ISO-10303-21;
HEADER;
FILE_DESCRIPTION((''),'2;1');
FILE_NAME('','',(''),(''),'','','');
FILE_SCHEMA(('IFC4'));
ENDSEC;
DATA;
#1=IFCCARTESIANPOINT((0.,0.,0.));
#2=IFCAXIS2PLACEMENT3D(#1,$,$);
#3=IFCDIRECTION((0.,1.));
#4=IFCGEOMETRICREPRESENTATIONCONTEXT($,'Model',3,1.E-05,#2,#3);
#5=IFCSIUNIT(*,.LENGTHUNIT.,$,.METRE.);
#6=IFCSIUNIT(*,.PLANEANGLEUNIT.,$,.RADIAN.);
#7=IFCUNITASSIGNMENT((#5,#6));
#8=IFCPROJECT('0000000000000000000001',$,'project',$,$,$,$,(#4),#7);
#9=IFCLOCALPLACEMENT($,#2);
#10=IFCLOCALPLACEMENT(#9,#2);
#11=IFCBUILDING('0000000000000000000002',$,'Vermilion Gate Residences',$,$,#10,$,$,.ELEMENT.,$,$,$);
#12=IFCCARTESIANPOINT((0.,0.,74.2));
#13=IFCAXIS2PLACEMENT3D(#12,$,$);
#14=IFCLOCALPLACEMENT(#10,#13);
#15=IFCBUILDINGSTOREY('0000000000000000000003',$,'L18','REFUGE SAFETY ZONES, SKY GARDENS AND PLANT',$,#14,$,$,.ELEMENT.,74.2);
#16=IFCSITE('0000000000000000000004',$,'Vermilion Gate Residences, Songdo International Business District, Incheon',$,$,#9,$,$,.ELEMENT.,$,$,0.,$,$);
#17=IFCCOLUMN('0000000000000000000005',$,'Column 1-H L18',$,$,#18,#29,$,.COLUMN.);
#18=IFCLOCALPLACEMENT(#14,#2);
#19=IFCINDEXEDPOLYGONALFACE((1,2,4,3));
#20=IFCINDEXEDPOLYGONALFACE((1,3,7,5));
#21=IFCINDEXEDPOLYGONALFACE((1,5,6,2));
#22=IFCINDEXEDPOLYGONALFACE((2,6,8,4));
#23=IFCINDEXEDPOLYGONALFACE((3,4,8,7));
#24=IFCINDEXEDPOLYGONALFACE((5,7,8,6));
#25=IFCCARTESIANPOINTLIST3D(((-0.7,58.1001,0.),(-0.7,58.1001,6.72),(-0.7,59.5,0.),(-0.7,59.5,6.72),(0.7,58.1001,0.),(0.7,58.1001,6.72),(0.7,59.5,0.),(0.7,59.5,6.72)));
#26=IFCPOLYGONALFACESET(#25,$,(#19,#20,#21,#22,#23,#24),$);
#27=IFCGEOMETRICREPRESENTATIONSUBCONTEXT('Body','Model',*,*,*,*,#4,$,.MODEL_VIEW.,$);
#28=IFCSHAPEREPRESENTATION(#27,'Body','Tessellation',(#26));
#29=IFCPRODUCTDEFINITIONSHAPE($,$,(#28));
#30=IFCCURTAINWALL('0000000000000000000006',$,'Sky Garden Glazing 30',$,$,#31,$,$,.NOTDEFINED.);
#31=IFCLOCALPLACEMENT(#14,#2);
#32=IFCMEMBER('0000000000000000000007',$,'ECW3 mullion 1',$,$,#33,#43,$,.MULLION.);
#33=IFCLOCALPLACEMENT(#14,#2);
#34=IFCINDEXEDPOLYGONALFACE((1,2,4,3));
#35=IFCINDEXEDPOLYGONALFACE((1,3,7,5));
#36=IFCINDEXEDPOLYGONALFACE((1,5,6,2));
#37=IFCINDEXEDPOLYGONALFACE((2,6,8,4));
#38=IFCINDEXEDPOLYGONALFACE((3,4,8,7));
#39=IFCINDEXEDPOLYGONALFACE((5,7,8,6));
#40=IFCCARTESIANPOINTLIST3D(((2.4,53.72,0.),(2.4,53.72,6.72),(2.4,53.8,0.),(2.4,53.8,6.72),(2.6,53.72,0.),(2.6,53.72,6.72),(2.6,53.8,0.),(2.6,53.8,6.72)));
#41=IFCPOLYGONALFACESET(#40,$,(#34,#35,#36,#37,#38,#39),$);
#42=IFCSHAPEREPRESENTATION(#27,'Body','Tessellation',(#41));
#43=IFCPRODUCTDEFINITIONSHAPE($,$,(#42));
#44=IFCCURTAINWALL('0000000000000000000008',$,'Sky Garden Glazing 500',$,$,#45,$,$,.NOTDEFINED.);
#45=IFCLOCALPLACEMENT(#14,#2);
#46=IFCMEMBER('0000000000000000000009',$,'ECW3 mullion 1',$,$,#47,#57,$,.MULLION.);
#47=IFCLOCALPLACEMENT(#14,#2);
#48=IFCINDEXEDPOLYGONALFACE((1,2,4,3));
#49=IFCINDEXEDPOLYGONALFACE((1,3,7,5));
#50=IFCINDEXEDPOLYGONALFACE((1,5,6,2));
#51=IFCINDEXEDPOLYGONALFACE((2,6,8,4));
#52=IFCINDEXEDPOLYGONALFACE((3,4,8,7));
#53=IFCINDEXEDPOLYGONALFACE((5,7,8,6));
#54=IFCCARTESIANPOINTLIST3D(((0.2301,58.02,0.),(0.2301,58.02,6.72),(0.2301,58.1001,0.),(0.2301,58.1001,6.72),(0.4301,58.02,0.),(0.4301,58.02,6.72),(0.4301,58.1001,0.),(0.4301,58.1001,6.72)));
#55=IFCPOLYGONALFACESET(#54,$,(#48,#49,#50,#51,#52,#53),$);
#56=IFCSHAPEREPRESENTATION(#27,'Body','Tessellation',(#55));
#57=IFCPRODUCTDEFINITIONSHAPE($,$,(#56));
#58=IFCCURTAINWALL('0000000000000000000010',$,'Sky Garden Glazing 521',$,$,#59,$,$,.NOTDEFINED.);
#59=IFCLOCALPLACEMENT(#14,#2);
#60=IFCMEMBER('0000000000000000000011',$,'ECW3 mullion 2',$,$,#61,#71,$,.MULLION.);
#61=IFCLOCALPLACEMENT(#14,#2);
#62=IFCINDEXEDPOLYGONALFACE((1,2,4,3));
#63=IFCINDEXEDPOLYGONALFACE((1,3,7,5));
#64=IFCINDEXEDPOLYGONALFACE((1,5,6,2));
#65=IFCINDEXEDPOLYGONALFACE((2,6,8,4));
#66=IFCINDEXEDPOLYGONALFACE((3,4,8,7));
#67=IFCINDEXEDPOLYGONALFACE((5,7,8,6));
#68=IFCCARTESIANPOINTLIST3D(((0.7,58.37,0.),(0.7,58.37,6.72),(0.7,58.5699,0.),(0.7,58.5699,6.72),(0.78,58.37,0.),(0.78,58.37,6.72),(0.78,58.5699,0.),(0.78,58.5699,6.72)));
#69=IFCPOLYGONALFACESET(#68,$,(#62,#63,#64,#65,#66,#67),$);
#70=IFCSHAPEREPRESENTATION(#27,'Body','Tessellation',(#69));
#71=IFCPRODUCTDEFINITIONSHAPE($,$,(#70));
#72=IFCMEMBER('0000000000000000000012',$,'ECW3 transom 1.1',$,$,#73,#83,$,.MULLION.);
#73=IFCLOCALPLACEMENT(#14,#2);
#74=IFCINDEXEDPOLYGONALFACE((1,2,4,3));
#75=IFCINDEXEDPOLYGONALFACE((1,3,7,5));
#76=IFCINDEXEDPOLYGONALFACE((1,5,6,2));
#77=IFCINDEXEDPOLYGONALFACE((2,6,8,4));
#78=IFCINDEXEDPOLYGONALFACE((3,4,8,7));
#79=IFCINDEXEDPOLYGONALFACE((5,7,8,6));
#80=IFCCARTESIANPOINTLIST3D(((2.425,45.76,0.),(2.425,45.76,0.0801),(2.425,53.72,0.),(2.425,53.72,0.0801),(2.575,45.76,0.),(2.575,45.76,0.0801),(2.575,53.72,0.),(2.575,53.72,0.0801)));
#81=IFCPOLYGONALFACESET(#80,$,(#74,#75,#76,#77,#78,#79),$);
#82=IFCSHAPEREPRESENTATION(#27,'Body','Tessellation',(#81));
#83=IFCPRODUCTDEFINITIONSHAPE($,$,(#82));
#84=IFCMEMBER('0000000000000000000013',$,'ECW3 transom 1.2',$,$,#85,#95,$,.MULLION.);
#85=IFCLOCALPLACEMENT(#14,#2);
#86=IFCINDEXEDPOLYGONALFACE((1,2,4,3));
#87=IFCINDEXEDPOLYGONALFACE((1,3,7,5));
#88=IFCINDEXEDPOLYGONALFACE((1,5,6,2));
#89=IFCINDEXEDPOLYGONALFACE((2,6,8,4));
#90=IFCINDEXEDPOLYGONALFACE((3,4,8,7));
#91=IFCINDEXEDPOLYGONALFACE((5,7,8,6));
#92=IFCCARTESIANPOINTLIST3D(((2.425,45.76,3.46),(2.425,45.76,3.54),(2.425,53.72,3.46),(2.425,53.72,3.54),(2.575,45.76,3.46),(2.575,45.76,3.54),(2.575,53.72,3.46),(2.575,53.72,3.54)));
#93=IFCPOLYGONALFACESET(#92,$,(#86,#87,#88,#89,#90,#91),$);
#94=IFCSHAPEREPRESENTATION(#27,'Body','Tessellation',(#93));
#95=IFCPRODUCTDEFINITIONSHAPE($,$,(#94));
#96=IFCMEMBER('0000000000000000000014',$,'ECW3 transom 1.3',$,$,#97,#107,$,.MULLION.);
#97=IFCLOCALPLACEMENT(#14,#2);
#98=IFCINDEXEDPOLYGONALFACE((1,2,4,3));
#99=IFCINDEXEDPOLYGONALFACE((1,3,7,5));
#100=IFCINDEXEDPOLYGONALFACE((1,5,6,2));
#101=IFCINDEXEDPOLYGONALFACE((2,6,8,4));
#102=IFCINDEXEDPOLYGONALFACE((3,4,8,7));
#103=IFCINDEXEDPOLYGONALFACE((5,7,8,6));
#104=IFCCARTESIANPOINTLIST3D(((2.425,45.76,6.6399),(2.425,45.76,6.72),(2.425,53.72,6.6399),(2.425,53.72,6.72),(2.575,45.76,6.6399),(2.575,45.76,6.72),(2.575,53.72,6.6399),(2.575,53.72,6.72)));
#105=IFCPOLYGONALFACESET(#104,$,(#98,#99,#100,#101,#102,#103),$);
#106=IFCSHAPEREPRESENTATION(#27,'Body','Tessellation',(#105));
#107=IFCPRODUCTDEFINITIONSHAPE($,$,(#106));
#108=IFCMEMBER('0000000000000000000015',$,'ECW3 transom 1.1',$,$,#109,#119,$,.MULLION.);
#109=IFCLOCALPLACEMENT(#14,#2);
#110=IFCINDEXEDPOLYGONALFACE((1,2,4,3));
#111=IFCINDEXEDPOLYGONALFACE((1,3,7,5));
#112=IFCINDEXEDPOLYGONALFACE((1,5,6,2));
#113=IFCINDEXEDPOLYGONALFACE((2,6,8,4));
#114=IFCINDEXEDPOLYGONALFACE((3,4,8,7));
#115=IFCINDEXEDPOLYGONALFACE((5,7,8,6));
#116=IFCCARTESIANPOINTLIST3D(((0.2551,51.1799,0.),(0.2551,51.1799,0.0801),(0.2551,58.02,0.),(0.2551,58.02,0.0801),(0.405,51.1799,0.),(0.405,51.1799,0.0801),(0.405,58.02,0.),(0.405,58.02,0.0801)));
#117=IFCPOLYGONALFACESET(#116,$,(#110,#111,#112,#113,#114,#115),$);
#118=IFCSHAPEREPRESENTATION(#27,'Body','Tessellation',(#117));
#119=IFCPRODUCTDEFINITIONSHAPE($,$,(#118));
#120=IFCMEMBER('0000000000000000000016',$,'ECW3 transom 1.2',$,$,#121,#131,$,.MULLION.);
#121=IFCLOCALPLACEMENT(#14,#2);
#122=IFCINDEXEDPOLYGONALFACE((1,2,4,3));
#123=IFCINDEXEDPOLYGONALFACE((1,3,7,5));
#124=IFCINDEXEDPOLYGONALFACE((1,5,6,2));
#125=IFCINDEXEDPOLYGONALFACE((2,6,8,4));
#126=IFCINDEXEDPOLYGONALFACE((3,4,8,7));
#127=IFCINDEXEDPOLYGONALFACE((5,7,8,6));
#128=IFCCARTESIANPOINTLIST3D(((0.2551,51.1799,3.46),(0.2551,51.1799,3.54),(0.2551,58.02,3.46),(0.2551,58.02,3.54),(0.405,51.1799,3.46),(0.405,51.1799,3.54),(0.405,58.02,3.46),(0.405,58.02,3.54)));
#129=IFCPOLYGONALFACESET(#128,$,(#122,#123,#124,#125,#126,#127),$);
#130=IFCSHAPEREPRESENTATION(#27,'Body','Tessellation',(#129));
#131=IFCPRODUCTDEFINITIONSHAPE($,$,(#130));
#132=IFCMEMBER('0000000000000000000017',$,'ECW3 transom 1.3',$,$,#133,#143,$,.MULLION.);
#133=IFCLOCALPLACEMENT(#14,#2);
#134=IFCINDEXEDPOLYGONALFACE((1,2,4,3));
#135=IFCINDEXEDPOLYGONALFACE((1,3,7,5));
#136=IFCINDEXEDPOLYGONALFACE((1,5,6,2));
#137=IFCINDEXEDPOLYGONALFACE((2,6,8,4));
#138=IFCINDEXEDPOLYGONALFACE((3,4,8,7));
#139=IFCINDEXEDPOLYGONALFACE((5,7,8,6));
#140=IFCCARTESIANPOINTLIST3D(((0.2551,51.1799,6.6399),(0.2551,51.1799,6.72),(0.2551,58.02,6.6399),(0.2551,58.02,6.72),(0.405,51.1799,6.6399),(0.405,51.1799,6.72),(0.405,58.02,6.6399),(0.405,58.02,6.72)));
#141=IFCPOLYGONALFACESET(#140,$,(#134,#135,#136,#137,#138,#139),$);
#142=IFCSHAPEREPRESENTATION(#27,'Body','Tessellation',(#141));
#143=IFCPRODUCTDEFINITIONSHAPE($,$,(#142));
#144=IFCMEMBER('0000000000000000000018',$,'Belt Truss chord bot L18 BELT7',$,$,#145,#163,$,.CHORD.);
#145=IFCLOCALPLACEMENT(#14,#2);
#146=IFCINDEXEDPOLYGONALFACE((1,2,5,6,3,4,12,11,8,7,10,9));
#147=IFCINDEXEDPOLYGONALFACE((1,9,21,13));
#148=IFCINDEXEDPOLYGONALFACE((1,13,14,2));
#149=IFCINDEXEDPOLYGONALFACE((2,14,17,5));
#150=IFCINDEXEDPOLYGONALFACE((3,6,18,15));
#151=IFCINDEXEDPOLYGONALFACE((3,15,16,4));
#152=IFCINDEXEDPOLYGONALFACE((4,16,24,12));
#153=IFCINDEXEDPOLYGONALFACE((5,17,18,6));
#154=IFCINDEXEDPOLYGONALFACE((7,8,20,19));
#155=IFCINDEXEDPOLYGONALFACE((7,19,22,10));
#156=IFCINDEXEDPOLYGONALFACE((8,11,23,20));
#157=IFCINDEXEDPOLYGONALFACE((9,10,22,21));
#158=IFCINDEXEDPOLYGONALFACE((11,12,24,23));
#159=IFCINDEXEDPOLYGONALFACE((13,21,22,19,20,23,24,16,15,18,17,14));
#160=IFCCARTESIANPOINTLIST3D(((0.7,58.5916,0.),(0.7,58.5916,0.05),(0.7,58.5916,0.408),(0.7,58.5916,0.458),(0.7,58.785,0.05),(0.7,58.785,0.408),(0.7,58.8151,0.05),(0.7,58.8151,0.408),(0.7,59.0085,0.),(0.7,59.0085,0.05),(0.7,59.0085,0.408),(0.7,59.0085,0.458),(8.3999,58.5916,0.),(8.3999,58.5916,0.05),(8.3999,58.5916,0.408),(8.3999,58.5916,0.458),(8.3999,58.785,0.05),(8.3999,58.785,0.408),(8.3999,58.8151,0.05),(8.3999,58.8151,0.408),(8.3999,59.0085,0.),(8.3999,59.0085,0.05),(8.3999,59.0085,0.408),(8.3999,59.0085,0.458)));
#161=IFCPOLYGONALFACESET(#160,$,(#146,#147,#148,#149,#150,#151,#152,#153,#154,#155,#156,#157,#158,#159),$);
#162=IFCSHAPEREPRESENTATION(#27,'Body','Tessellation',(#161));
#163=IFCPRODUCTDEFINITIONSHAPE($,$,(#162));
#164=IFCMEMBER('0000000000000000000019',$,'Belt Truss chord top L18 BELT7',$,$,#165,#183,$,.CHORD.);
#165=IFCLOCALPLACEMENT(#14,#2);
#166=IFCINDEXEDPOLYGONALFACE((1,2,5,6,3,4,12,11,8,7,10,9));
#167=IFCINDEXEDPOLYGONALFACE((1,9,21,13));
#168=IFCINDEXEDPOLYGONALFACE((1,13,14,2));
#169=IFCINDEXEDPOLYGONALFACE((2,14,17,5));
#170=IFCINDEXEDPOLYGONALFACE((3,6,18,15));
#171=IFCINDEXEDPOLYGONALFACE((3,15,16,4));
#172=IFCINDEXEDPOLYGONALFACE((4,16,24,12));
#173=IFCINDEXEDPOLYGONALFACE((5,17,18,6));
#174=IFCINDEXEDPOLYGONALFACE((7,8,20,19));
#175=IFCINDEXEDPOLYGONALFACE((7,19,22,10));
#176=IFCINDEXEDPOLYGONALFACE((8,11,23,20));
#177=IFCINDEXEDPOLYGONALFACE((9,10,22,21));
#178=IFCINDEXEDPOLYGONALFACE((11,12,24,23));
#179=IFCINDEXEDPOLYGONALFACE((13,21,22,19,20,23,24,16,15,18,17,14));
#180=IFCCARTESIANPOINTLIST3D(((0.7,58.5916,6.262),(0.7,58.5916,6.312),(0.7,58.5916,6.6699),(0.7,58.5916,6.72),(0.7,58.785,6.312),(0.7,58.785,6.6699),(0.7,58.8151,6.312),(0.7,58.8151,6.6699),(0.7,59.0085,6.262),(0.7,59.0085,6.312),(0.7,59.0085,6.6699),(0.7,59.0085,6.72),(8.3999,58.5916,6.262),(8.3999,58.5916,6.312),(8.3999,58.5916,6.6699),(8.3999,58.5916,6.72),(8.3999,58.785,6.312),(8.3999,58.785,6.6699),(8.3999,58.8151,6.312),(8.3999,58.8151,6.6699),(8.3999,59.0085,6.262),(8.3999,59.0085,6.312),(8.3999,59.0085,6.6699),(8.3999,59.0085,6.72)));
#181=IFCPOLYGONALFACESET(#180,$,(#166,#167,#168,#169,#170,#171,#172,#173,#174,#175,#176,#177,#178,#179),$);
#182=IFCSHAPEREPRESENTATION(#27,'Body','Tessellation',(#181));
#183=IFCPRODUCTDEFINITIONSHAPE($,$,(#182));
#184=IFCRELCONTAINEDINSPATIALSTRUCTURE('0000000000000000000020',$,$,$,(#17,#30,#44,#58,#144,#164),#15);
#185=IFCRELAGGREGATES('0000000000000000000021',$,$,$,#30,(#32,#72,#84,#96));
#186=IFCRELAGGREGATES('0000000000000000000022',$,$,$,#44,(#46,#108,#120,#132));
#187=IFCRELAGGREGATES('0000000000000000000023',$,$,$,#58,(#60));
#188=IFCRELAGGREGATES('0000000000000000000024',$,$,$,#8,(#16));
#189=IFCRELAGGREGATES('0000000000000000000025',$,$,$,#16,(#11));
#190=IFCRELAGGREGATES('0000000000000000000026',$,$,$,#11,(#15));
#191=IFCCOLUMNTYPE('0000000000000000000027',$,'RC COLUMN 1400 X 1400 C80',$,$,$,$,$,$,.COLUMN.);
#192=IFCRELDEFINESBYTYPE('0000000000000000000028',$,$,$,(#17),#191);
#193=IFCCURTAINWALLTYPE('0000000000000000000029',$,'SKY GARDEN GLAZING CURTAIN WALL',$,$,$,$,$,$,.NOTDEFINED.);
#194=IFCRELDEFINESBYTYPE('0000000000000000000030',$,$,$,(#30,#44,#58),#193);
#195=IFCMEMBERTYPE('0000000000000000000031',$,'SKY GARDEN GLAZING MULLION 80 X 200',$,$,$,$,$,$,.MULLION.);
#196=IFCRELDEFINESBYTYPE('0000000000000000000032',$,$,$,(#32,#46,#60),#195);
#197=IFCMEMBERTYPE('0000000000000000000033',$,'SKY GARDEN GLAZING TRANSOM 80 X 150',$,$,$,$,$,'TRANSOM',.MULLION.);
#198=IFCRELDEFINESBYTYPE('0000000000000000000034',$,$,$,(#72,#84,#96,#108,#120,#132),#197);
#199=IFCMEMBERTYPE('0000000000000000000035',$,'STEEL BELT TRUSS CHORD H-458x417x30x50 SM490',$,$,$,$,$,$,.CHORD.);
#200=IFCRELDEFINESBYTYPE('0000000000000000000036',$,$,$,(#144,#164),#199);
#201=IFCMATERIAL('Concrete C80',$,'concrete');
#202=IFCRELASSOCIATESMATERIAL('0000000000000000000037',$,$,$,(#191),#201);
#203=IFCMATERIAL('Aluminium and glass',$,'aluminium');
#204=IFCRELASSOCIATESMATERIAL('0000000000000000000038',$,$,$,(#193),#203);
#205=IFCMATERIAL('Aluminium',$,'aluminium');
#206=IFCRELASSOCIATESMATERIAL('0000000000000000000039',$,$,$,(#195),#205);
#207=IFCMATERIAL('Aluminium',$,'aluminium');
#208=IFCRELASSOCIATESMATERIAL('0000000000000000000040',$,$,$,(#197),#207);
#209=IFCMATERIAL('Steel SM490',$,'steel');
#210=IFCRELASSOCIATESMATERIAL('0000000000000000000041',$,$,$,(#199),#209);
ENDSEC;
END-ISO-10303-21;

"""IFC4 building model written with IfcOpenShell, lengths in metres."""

from ifc_helpers import new_model, si_unit, direction, frame, origin, origin_2d, place, context, subcontext, project, spatial, rectangle, i_section, extrude, material, material_profile, profile_set, type_object, element, aggregate, save


model = new_model("IFC4")

# Units and contexts
model_context = context("Model", 3, precision=1e-05, world=origin(), true_north=direction((0.0, 1.0)))
body_context = subcontext(model_context, "Body", "Model", "MODEL_VIEW")
ifc_project = project(units=[si_unit("LENGTHUNIT", "METRE"), si_unit("PLANEANGLEUNIT", "RADIAN")], contexts=[model_context])

# Site, building, storey
site_placement = place(None, origin())
site = spatial("IfcSite", under=ifc_project, at=site_placement, Name="Vermilion Gate Residences, Songdo International Business District, Incheon", CompositionType="ELEMENT", RefElevation=0.0)
building_placement = place(site_placement, origin())
building = spatial("IfcBuilding", under=site, at=building_placement, Name="Vermilion Gate Residences", CompositionType="ELEMENT")
storey_placement = place(building_placement, frame((0.0, 0.0, 74.2)))
storey = spatial("IfcBuildingStorey", under=building, at=storey_placement, Name="L18", Description="REFUGE SAFETY ZONES, SKY GARDENS AND PLANT", CompositionType="ELEMENT", Elevation=74.2)

# Column
ifc_material_1 = material(Name="Concrete C80", Category="concrete")
ifc_material_profile_1 = material_profile(ifc_material_1, rectangle(XDim=1.3999, YDim=1.3999, at=origin_2d()), Name="RC-1400x1400")
ifc_profile_set_1 = profile_set([ifc_material_profile_1], Name="Concrete C80")
column_type = type_object("IfcColumnType", Name="RC COLUMN 1400 X 1400 C80", PredefinedType="COLUMN", material=ifc_profile_set_1)
column_placement = place(storey_placement, frame((0.0, 58.8, 0.0), z_axis=(0.0, 0.0, 1.0), x_axis=(1.0, 0.0, 0.0)))
element("IfcColumn", 1, at=column_placement, inside=storey, type_object=column_type, Name="Column 1-H L18", PredefinedType="COLUMN", context=body_context, shape_type="SweptSolid", body=[
    extrude(rectangle(XDim=1.3999, YDim=1.3999, at=origin_2d()), origin(), (0.0, 0.0, 1.0), 6.72),
])

# Curtain walls, members
ifc_material_2 = material(Name="Aluminium and glass", Category="aluminium")
curtain_wall_type = type_object("IfcCurtainWallType", Name="SKY GARDEN GLAZING CURTAIN WALL", PredefinedType="NOTDEFINED", material=ifc_material_2)
curtain_wall_1_placement = place(storey_placement, origin())
curtain_wall_1 = element("IfcCurtainWall", 2, at=curtain_wall_1_placement, inside=storey, type_object=curtain_wall_type, Name="Sky Garden Glazing 30", PredefinedType="NOTDEFINED")
ifc_material_3 = material(Name="Aluminium", Category="aluminium")
ifc_material_profile_2 = material_profile(ifc_material_3, rectangle(XDim=0.2, YDim=0.0801, at=origin_2d()), Name="MULLION 80 X 200")
ifc_profile_set_2 = profile_set([ifc_material_profile_2], Name="Aluminium")
member_type_1 = type_object("IfcMemberType", Name="SKY GARDEN GLAZING MULLION 80 X 200", PredefinedType="MULLION", material=ifc_profile_set_2)
member_1_placement = place(storey_placement, frame((2.5, 53.76, 0.0), z_axis=(0.0, 0.0, 1.0), x_axis=(1.0, 0.0, 0.0)))
member_1 = element("IfcMember", 3, at=member_1_placement, type_object=member_type_1, Name="ECW3 mullion 1", PredefinedType="MULLION", context=body_context, shape_type="SweptSolid", body=[
    extrude(rectangle(XDim=0.2, YDim=0.0801, at=origin_2d()), origin(), (0.0, 0.0, 1.0), 6.72),
])
curtain_wall_2_placement = place(storey_placement, origin())
curtain_wall_2 = element("IfcCurtainWall", 4, at=curtain_wall_2_placement, inside=storey, type_object=curtain_wall_type, Name="Sky Garden Glazing 500", PredefinedType="NOTDEFINED")
member_2_placement = place(storey_placement, frame((0.3301, 58.0601, 0.0), z_axis=(0.0, 0.0, 1.0), x_axis=(1.0, 0.0, 0.0)))
member_2 = element("IfcMember", 5, at=member_2_placement, type_object=member_type_1, Name="ECW3 mullion 1", PredefinedType="MULLION", context=body_context, shape_type="SweptSolid", body=[
    extrude(rectangle(XDim=0.2, YDim=0.0801, at=origin_2d()), origin(), (0.0, 0.0, 1.0), 6.72),
])
curtain_wall_3_placement = place(storey_placement, origin())
curtain_wall_3 = element("IfcCurtainWall", 6, at=curtain_wall_3_placement, inside=storey, type_object=curtain_wall_type, Name="Sky Garden Glazing 521", PredefinedType="NOTDEFINED")
member_3_placement = place(storey_placement, frame((0.74, 58.47, 0.0), z_axis=(0.0, 0.0, 1.0), x_axis=(0.0, -1.0, 0.0)))
member_3 = element("IfcMember", 7, at=member_3_placement, type_object=member_type_1, Name="ECW3 mullion 2", PredefinedType="MULLION", context=body_context, shape_type="SweptSolid", body=[
    extrude(rectangle(XDim=0.2, YDim=0.0801, at=origin_2d()), origin(), (0.0, 0.0, 1.0), 6.72),
])

# Members
ifc_material_4 = material(Name="Aluminium", Category="aluminium")
ifc_material_profile_3 = material_profile(ifc_material_4, rectangle(XDim=0.1499, YDim=0.0801, at=origin_2d()), Name="TRANSOM 80 X 150")
ifc_profile_set_3 = profile_set([ifc_material_profile_3], Name="Aluminium")
member_type_2 = type_object("IfcMemberType", Name="SKY GARDEN GLAZING TRANSOM 80 X 150", ElementType="TRANSOM", PredefinedType="MULLION", material=ifc_profile_set_3)
member_4_placement = place(storey_placement, frame((2.5, 53.72, 0.04), z_axis=(0.0, -1.0, 0.0), x_axis=(1.0, 0.0, 0.0)))
member_4 = element("IfcMember", 8, at=member_4_placement, type_object=member_type_2, Name="ECW3 transom 1.1", PredefinedType="MULLION", context=body_context, shape_type="SweptSolid", body=[
    extrude(rectangle(XDim=0.1499, YDim=0.0801, at=origin_2d()), origin(), (0.0, 0.0, 1.0), 7.96),
])
member_5_placement = place(storey_placement, frame((2.5, 53.72, 3.5), z_axis=(0.0, -1.0, 0.0), x_axis=(1.0, 0.0, 0.0)))
member_5 = element("IfcMember", 9, at=member_5_placement, type_object=member_type_2, Name="ECW3 transom 1.2", PredefinedType="MULLION", context=body_context, shape_type="SweptSolid", body=[
    extrude(rectangle(XDim=0.1499, YDim=0.0801, at=origin_2d()), origin(), (0.0, 0.0, 1.0), 7.96),
])
member_6_placement = place(storey_placement, frame((2.5, 53.72, 6.6799), z_axis=(0.0, -1.0, 0.0), x_axis=(1.0, 0.0, 0.0)))
member_6 = element("IfcMember", 10, at=member_6_placement, type_object=member_type_2, Name="ECW3 transom 1.3", PredefinedType="MULLION", context=body_context, shape_type="SweptSolid", body=[
    extrude(rectangle(XDim=0.1499, YDim=0.0801, at=origin_2d()), origin(), (0.0, 0.0, 1.0), 7.96),
])
aggregate(curtain_wall_1, [member_1, member_4, member_5, member_6])
member_7_placement = place(storey_placement, frame((0.3301, 58.02, 0.04), z_axis=(0.0, -1.0, 0.0), x_axis=(1.0, 0.0, 0.0)))
member_7 = element("IfcMember", 11, at=member_7_placement, type_object=member_type_2, Name="ECW3 transom 1.1", PredefinedType="MULLION", context=body_context, shape_type="SweptSolid", body=[
    extrude(rectangle(XDim=0.1499, YDim=0.0801, at=origin_2d()), origin(), (0.0, 0.0, 1.0), 6.8401),
])
member_8_placement = place(storey_placement, frame((0.3301, 58.02, 3.5), z_axis=(0.0, -1.0, 0.0), x_axis=(1.0, 0.0, 0.0)))
member_8 = element("IfcMember", 12, at=member_8_placement, type_object=member_type_2, Name="ECW3 transom 1.2", PredefinedType="MULLION", context=body_context, shape_type="SweptSolid", body=[
    extrude(rectangle(XDim=0.1499, YDim=0.0801, at=origin_2d()), origin(), (0.0, 0.0, 1.0), 6.8401),
])
member_9_placement = place(storey_placement, frame((0.3301, 58.02, 6.6799), z_axis=(0.0, -1.0, 0.0), x_axis=(1.0, 0.0, 0.0)))
member_9 = element("IfcMember", 13, at=member_9_placement, type_object=member_type_2, Name="ECW3 transom 1.3", PredefinedType="MULLION", context=body_context, shape_type="SweptSolid", body=[
    extrude(rectangle(XDim=0.1499, YDim=0.0801, at=origin_2d()), origin(), (0.0, 0.0, 1.0), 6.8401),
])

# Members
ifc_material_5 = material(Name="Steel SM490", Category="steel")
ifc_material_profile_4 = material_profile(ifc_material_5, i_section(OverallWidth=0.417, OverallDepth=0.458, WebThickness=0.03, FlangeThickness=0.05, at=origin_2d()), Name="H-458x417x30x50")
ifc_profile_set_4 = profile_set([ifc_material_profile_4], Name="Steel SM490")
member_type_3 = type_object("IfcMemberType", Name="STEEL BELT TRUSS CHORD H-458x417x30x50 SM490", PredefinedType="CHORD", material=ifc_profile_set_4)
for number, where, z_axis, x_axis, name in (
    (14, (0.7, 58.8, 0.229), (1.0, 0.0, 0.0), (0.0, 1.0, 0.0), "Belt Truss chord bot L18 BELT7"),
    (15, (0.7, 58.8, 6.491), (1.0, 0.0, 0.0), (0.0, 1.0, 0.0), "Belt Truss chord top L18 BELT7"),
):
    element("IfcMember", number, at=place(storey_placement, frame(where, z_axis=z_axis, x_axis=x_axis)), inside=storey, type_object=member_type_3, Name=name, PredefinedType="CHORD", context=body_context, shape_type="SweptSolid", body=[
        extrude(i_section(OverallWidth=0.417, OverallDepth=0.458, WebThickness=0.03, FlangeThickness=0.05, at=origin_2d()), origin(), (0.0, 0.0, 1.0), 7.7),
    ])

aggregate(curtain_wall_2, [member_2, member_7, member_8, member_9])
aggregate(curtain_wall_3, [member_3])

save(model, "model.ifc")
